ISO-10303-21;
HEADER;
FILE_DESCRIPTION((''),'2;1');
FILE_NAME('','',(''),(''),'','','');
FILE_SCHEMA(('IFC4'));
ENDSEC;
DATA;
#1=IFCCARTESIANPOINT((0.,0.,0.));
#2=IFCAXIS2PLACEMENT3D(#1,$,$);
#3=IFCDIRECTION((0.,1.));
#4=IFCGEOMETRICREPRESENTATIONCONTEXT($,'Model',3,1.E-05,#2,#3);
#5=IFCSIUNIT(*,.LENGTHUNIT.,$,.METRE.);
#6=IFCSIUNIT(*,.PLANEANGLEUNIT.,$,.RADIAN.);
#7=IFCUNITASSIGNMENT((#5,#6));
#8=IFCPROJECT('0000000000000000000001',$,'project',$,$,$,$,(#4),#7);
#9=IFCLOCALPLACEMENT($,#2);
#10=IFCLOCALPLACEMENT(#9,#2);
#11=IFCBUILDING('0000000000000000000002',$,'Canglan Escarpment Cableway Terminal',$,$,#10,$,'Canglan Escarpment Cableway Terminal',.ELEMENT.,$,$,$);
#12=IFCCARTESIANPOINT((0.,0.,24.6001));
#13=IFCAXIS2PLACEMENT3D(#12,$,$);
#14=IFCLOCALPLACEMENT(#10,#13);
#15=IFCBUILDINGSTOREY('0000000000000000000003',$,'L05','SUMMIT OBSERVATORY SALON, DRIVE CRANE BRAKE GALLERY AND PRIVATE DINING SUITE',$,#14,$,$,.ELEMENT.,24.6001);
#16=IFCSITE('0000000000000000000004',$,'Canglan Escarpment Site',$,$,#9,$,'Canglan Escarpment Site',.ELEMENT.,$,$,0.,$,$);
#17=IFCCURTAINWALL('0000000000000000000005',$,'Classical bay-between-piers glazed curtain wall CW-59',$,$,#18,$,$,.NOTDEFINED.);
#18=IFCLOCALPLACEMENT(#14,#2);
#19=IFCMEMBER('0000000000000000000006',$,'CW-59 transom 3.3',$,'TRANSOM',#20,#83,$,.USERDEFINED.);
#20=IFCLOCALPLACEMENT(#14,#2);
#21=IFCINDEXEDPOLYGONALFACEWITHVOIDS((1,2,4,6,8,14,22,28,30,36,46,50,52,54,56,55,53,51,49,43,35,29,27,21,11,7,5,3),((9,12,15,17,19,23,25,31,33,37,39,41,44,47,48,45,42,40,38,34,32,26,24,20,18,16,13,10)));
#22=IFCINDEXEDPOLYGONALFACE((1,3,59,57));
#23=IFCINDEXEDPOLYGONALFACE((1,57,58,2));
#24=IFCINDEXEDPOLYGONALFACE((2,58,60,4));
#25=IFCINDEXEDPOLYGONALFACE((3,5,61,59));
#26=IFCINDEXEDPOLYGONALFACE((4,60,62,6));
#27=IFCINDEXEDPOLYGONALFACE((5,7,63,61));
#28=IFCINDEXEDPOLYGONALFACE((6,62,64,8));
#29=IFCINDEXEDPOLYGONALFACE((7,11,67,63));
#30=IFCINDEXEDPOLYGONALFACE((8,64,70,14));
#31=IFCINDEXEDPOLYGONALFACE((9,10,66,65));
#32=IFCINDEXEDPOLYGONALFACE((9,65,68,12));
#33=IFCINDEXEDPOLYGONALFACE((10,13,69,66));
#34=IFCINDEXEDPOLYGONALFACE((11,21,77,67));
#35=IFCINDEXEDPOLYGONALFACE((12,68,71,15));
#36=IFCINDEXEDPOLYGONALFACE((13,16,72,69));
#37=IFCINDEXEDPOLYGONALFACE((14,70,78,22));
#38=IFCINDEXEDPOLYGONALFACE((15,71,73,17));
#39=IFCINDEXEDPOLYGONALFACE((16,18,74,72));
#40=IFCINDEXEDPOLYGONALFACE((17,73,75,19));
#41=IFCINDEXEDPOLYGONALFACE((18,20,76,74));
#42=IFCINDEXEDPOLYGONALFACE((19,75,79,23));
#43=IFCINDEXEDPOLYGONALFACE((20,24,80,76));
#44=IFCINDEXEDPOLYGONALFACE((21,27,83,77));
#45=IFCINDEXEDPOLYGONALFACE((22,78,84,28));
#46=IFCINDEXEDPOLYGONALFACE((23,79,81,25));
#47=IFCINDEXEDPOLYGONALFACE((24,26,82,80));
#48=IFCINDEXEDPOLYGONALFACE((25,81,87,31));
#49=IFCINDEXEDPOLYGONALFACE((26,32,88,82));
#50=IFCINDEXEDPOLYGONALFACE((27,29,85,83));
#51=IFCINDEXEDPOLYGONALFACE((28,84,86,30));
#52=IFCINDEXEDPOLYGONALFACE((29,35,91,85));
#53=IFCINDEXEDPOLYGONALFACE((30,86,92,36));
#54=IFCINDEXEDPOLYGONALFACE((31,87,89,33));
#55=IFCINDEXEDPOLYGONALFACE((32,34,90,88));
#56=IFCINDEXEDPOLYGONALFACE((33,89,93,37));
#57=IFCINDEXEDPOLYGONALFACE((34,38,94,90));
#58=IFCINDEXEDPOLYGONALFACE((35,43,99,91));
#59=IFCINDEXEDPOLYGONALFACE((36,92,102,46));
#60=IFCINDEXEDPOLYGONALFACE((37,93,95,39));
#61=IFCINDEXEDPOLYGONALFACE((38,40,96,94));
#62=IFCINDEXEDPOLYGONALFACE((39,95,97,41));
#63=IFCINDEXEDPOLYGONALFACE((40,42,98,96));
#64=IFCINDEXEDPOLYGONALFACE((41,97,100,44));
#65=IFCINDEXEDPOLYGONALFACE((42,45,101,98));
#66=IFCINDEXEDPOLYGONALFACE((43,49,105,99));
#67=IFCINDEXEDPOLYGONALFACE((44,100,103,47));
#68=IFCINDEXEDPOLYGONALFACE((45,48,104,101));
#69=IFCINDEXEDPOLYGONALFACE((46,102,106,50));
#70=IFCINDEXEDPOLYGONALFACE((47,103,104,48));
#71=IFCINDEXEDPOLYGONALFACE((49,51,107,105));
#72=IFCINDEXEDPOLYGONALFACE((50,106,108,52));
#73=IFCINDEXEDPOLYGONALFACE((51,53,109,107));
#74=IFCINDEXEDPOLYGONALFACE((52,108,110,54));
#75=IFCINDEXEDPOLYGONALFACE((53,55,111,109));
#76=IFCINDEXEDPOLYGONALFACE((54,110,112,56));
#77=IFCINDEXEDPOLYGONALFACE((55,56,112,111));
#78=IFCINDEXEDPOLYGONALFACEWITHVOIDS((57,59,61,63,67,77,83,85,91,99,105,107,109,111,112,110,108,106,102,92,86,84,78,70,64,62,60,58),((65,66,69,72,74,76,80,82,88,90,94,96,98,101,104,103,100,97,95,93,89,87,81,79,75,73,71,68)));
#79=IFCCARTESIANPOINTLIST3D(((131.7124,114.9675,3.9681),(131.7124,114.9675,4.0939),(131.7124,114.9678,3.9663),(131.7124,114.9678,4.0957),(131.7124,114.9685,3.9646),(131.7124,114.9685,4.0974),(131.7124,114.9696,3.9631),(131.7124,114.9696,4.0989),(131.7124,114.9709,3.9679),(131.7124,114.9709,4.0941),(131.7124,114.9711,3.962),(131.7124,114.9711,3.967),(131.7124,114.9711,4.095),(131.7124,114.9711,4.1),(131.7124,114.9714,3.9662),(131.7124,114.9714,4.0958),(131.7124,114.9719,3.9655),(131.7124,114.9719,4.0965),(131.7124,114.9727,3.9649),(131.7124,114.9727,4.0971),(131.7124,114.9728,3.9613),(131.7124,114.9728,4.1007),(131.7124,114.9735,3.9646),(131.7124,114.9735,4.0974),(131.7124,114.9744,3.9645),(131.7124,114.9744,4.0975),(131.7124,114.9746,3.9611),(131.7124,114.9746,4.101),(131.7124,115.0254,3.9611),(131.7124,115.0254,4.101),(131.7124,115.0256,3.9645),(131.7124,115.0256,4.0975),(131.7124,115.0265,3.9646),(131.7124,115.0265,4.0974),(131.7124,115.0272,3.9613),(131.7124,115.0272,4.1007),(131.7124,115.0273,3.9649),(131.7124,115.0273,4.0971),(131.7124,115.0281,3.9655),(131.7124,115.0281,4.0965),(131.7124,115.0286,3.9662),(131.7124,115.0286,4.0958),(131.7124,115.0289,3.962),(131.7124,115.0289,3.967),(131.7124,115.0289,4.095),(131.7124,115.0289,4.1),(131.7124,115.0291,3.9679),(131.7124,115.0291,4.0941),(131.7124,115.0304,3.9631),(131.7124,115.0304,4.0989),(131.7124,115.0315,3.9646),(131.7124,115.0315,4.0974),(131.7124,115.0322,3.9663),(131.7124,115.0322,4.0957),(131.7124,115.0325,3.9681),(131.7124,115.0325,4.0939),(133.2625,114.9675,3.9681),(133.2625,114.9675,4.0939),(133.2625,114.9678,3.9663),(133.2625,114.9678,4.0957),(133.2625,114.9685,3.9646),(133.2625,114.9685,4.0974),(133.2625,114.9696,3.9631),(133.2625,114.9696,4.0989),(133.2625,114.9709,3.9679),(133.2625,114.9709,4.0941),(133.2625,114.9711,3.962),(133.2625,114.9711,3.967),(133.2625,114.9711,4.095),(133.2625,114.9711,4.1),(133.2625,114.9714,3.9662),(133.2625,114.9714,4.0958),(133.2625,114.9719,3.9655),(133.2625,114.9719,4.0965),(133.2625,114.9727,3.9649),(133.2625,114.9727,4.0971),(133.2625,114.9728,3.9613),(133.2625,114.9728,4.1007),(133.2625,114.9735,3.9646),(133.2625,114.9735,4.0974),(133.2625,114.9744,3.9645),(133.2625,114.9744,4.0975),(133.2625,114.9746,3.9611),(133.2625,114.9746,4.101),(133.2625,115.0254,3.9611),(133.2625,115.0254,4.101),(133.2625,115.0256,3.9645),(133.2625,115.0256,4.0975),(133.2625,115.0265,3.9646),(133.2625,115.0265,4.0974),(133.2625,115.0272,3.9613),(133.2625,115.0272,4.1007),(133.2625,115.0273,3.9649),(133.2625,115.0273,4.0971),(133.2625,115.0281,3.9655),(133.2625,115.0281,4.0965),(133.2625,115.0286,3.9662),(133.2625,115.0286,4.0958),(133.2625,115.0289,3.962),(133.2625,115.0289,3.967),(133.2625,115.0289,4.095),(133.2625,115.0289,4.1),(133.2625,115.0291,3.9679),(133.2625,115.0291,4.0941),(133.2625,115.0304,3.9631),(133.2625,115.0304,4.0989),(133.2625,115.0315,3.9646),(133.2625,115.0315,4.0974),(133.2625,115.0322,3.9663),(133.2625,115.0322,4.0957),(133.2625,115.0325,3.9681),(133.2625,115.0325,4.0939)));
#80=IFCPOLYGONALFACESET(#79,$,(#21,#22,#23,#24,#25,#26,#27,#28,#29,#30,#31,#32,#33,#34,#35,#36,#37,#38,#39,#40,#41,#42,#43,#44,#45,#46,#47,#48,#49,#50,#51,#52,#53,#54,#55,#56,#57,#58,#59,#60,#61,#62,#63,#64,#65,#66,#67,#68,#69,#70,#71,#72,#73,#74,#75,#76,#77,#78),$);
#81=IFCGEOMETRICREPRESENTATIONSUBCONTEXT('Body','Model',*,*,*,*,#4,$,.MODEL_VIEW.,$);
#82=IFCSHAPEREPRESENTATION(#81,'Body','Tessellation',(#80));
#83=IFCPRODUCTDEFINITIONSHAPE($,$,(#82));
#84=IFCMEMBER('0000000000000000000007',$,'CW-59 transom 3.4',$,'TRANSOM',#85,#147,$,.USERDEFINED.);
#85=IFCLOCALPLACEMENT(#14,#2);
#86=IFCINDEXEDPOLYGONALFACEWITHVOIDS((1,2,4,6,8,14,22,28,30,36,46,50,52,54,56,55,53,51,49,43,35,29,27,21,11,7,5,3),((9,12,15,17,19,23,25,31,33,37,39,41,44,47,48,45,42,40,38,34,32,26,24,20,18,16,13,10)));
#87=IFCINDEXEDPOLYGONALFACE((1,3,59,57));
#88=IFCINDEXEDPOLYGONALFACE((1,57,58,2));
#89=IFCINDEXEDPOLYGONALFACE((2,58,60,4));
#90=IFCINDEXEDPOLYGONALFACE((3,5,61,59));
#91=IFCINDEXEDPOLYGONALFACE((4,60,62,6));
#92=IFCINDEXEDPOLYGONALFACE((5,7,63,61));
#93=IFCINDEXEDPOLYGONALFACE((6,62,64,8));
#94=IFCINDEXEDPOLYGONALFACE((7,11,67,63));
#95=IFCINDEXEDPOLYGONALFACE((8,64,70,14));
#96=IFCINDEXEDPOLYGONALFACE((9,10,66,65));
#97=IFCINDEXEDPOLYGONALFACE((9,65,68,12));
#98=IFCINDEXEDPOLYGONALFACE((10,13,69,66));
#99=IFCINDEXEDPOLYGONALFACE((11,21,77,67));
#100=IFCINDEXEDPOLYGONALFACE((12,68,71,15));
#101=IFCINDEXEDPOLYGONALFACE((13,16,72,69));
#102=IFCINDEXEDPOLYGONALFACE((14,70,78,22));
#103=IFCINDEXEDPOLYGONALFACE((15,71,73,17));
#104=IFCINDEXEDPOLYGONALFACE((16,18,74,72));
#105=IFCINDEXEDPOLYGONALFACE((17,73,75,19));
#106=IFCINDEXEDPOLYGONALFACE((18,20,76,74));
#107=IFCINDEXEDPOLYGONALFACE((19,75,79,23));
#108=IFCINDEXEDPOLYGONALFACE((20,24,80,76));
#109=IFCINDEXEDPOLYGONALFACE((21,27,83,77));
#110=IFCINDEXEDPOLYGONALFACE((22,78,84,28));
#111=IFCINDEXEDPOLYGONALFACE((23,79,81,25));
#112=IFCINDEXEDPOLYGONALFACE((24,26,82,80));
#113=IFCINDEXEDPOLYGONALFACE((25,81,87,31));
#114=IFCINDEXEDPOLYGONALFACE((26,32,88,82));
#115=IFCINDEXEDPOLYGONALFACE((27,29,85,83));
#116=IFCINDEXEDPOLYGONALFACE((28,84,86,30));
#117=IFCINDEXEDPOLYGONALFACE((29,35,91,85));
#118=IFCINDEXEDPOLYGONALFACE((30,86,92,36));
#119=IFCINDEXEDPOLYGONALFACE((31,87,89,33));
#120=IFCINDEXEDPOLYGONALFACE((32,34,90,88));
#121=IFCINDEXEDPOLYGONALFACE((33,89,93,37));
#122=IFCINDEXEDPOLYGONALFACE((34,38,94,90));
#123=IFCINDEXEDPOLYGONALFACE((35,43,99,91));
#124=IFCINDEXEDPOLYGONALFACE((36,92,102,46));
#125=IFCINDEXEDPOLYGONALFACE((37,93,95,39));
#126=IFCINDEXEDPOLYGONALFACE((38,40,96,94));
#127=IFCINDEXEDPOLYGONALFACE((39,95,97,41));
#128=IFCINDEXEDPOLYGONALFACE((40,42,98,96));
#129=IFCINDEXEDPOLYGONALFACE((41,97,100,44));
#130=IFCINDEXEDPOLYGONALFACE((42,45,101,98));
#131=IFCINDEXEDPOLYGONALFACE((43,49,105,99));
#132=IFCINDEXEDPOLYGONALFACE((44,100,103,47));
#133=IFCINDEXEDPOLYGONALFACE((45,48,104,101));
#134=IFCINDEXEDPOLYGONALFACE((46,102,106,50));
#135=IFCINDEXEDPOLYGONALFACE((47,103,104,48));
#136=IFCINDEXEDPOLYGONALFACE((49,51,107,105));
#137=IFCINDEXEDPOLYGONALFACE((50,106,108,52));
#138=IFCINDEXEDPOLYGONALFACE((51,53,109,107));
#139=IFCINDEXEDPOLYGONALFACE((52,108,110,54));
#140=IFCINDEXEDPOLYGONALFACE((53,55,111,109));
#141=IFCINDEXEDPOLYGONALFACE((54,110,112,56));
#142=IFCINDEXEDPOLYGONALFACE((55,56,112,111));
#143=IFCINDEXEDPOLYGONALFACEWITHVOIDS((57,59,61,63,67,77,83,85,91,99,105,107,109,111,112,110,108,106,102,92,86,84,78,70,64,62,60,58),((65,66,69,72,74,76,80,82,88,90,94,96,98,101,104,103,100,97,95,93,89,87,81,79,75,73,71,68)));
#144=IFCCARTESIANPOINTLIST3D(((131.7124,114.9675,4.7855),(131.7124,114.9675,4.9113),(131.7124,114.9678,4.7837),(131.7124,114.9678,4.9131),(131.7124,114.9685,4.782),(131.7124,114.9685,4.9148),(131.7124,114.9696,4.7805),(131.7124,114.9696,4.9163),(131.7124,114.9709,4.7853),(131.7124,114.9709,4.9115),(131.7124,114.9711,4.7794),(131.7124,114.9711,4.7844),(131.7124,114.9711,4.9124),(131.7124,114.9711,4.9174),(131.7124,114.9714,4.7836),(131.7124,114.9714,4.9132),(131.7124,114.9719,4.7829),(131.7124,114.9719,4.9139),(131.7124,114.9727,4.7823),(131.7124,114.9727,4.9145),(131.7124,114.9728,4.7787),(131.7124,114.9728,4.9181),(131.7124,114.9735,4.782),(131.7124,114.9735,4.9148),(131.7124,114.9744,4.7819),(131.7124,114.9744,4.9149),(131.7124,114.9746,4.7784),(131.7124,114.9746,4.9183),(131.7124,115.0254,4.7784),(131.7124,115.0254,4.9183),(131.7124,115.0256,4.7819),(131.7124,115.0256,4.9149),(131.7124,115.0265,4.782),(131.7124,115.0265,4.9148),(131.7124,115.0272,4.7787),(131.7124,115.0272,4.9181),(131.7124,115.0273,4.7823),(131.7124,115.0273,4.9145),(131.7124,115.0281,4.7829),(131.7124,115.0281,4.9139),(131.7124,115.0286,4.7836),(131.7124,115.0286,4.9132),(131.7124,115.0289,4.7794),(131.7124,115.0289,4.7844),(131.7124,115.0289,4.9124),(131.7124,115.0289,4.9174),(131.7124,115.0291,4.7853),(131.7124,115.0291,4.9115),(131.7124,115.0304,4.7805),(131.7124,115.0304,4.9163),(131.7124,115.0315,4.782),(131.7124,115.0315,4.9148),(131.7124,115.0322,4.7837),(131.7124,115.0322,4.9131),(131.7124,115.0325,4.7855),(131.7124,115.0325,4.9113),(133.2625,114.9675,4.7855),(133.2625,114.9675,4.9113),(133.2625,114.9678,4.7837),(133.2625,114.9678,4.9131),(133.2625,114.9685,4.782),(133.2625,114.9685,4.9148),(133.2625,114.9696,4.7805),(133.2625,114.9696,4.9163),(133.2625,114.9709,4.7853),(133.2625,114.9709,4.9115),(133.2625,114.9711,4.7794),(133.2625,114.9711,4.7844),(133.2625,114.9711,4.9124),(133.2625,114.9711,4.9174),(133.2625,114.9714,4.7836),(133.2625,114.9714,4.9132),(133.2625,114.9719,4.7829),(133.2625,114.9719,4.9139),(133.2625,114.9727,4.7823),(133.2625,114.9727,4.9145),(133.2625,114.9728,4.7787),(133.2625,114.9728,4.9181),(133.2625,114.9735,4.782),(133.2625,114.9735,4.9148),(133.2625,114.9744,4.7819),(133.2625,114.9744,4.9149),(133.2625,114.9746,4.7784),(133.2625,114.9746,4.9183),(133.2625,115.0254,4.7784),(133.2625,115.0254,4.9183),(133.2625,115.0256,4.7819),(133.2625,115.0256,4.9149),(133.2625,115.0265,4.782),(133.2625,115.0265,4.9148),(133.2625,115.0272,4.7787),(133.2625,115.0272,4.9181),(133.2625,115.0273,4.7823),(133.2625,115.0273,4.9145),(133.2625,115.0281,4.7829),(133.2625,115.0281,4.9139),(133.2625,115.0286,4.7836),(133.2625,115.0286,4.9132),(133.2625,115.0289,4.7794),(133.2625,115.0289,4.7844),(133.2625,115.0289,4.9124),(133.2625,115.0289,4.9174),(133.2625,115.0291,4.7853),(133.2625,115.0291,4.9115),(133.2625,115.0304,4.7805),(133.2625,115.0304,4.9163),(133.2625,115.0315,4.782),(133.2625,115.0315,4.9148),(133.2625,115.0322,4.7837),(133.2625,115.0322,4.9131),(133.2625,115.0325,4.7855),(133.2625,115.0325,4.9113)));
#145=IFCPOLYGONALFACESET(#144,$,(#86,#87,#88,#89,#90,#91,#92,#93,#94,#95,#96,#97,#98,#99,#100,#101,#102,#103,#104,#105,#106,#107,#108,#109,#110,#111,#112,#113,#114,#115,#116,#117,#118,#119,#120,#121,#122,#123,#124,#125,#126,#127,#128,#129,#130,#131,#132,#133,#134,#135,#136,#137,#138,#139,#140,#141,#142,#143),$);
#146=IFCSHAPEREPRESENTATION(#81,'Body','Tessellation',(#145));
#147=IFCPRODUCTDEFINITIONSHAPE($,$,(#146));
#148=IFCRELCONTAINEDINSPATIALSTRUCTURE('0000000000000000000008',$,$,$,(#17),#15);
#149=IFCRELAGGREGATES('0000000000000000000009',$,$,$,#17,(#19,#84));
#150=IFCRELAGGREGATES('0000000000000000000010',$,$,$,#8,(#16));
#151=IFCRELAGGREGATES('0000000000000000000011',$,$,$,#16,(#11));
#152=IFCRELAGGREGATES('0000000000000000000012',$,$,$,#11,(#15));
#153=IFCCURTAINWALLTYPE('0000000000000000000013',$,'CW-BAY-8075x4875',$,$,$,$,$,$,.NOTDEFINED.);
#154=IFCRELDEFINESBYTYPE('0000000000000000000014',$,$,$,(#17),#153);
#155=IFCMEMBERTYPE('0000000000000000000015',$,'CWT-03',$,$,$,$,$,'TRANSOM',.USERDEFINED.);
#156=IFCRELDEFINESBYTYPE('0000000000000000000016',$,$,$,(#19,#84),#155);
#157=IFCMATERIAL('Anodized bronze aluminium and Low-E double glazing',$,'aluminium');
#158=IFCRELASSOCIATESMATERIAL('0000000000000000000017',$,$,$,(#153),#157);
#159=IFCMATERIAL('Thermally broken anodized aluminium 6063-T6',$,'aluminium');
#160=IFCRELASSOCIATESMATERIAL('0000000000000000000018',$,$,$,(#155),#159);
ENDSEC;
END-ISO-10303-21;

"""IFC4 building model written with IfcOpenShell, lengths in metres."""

from ifc_helpers import new_model, si_unit, direction, frame, origin, origin_2d, place, context, subcontext, project, spatial, hollow_rectangle, extrude, material, material_profile, profile_set, type_object, element, aggregate, save


model = new_model("IFC4")

# Units and contexts
model_context = context("Model", 3, precision=1e-05, world=origin(), true_north=direction((0.0, 1.0)))
body_context = subcontext(model_context, "Body", "Model", "MODEL_VIEW")
ifc_project = project(units=[si_unit("LENGTHUNIT", "METRE"), si_unit("PLANEANGLEUNIT", "RADIAN")], contexts=[model_context])

# Site, building, storey
site_placement = place(None, origin())
site = spatial("IfcSite", under=ifc_project, at=site_placement, Name="Canglan Escarpment Site", LongName="Canglan Escarpment Site", CompositionType="ELEMENT", RefElevation=0.0)
building_placement = place(site_placement, origin())
building = spatial("IfcBuilding", under=site, at=building_placement, Name="Canglan Escarpment Cableway Terminal", LongName="Canglan Escarpment Cableway Terminal", CompositionType="ELEMENT")
storey_placement = place(building_placement, frame((0.0, 0.0, 24.6001)))
storey = spatial("IfcBuildingStorey", under=building, at=storey_placement, Name="L05", Description="SUMMIT OBSERVATORY SALON, DRIVE CRANE BRAKE GALLERY AND PRIVATE DINING SUITE", CompositionType="ELEMENT", Elevation=24.6001)

# Curtain wall, members
ifc_material_1 = material(Name="Anodized bronze aluminium and Low-E double glazing", Category="aluminium")
curtain_wall_type = type_object("IfcCurtainWallType", Name="CW-BAY-8075x4875", PredefinedType="NOTDEFINED", material=ifc_material_1)
curtain_wall_placement = place(storey_placement, origin())
curtain_wall = element("IfcCurtainWall", 1, at=curtain_wall_placement, inside=storey, type_object=curtain_wall_type, Name="Classical bay-between-piers glazed curtain wall CW-59", PredefinedType="NOTDEFINED")
ifc_material_2 = material(Name="Thermally broken anodized aluminium 6063-T6", Category="aluminium")
ifc_material_profile_1 = material_profile(ifc_material_2, hollow_rectangle(XDim=0.0649, YDim=0.1399, WallThickness=0.0034, InnerFilletRadius=0.0034, OuterFilletRadius=0.0071, at=origin_2d()), Name="ALU-TRAN 65x140x3.5")
ifc_profile_set_1 = profile_set([ifc_material_profile_1], Name="Thermally broken anodized aluminium 6063-T6")
member_type_1 = type_object("IfcMemberType", Name="CWT-03", ElementType="TRANSOM", PredefinedType="USERDEFINED", material=ifc_profile_set_1)
member_1_placement = place(storey_placement, frame((133.2625, 115.0, 4.031), z_axis=(-1.0, 0.0, 0.0), x_axis=(0.0, -1.0, 0.0)))
member_1 = element("IfcMember", 2, at=member_1_placement, type_object=member_type_1, Name="CW-59 transom 3.3", ObjectType="TRANSOM", PredefinedType="USERDEFINED", context=body_context, shape_type="SweptSolid", body=[
    extrude(hollow_rectangle(XDim=0.0649, YDim=0.1399, WallThickness=0.0034, InnerFilletRadius=0.0034, OuterFilletRadius=0.0071, at=origin_2d()), origin(), (0.0, 0.0, 1.0), 1.55),
])
member_2_placement = place(storey_placement, frame((133.2625, 115.0, 4.8484), z_axis=(-1.0, 0.0, 0.0), x_axis=(0.0, -1.0, 0.0)))
member_2 = element("IfcMember", 3, at=member_2_placement, type_object=member_type_1, Name="CW-59 transom 3.4", ObjectType="TRANSOM", PredefinedType="USERDEFINED", context=body_context, shape_type="SweptSolid", body=[
    extrude(hollow_rectangle(XDim=0.0649, YDim=0.1399, WallThickness=0.0034, InnerFilletRadius=0.0034, OuterFilletRadius=0.0071, at=origin_2d()), origin(), (0.0, 0.0, 1.0), 1.55),
])
aggregate(curtain_wall, [member_1, member_2])

save(model, "model.ifc")
